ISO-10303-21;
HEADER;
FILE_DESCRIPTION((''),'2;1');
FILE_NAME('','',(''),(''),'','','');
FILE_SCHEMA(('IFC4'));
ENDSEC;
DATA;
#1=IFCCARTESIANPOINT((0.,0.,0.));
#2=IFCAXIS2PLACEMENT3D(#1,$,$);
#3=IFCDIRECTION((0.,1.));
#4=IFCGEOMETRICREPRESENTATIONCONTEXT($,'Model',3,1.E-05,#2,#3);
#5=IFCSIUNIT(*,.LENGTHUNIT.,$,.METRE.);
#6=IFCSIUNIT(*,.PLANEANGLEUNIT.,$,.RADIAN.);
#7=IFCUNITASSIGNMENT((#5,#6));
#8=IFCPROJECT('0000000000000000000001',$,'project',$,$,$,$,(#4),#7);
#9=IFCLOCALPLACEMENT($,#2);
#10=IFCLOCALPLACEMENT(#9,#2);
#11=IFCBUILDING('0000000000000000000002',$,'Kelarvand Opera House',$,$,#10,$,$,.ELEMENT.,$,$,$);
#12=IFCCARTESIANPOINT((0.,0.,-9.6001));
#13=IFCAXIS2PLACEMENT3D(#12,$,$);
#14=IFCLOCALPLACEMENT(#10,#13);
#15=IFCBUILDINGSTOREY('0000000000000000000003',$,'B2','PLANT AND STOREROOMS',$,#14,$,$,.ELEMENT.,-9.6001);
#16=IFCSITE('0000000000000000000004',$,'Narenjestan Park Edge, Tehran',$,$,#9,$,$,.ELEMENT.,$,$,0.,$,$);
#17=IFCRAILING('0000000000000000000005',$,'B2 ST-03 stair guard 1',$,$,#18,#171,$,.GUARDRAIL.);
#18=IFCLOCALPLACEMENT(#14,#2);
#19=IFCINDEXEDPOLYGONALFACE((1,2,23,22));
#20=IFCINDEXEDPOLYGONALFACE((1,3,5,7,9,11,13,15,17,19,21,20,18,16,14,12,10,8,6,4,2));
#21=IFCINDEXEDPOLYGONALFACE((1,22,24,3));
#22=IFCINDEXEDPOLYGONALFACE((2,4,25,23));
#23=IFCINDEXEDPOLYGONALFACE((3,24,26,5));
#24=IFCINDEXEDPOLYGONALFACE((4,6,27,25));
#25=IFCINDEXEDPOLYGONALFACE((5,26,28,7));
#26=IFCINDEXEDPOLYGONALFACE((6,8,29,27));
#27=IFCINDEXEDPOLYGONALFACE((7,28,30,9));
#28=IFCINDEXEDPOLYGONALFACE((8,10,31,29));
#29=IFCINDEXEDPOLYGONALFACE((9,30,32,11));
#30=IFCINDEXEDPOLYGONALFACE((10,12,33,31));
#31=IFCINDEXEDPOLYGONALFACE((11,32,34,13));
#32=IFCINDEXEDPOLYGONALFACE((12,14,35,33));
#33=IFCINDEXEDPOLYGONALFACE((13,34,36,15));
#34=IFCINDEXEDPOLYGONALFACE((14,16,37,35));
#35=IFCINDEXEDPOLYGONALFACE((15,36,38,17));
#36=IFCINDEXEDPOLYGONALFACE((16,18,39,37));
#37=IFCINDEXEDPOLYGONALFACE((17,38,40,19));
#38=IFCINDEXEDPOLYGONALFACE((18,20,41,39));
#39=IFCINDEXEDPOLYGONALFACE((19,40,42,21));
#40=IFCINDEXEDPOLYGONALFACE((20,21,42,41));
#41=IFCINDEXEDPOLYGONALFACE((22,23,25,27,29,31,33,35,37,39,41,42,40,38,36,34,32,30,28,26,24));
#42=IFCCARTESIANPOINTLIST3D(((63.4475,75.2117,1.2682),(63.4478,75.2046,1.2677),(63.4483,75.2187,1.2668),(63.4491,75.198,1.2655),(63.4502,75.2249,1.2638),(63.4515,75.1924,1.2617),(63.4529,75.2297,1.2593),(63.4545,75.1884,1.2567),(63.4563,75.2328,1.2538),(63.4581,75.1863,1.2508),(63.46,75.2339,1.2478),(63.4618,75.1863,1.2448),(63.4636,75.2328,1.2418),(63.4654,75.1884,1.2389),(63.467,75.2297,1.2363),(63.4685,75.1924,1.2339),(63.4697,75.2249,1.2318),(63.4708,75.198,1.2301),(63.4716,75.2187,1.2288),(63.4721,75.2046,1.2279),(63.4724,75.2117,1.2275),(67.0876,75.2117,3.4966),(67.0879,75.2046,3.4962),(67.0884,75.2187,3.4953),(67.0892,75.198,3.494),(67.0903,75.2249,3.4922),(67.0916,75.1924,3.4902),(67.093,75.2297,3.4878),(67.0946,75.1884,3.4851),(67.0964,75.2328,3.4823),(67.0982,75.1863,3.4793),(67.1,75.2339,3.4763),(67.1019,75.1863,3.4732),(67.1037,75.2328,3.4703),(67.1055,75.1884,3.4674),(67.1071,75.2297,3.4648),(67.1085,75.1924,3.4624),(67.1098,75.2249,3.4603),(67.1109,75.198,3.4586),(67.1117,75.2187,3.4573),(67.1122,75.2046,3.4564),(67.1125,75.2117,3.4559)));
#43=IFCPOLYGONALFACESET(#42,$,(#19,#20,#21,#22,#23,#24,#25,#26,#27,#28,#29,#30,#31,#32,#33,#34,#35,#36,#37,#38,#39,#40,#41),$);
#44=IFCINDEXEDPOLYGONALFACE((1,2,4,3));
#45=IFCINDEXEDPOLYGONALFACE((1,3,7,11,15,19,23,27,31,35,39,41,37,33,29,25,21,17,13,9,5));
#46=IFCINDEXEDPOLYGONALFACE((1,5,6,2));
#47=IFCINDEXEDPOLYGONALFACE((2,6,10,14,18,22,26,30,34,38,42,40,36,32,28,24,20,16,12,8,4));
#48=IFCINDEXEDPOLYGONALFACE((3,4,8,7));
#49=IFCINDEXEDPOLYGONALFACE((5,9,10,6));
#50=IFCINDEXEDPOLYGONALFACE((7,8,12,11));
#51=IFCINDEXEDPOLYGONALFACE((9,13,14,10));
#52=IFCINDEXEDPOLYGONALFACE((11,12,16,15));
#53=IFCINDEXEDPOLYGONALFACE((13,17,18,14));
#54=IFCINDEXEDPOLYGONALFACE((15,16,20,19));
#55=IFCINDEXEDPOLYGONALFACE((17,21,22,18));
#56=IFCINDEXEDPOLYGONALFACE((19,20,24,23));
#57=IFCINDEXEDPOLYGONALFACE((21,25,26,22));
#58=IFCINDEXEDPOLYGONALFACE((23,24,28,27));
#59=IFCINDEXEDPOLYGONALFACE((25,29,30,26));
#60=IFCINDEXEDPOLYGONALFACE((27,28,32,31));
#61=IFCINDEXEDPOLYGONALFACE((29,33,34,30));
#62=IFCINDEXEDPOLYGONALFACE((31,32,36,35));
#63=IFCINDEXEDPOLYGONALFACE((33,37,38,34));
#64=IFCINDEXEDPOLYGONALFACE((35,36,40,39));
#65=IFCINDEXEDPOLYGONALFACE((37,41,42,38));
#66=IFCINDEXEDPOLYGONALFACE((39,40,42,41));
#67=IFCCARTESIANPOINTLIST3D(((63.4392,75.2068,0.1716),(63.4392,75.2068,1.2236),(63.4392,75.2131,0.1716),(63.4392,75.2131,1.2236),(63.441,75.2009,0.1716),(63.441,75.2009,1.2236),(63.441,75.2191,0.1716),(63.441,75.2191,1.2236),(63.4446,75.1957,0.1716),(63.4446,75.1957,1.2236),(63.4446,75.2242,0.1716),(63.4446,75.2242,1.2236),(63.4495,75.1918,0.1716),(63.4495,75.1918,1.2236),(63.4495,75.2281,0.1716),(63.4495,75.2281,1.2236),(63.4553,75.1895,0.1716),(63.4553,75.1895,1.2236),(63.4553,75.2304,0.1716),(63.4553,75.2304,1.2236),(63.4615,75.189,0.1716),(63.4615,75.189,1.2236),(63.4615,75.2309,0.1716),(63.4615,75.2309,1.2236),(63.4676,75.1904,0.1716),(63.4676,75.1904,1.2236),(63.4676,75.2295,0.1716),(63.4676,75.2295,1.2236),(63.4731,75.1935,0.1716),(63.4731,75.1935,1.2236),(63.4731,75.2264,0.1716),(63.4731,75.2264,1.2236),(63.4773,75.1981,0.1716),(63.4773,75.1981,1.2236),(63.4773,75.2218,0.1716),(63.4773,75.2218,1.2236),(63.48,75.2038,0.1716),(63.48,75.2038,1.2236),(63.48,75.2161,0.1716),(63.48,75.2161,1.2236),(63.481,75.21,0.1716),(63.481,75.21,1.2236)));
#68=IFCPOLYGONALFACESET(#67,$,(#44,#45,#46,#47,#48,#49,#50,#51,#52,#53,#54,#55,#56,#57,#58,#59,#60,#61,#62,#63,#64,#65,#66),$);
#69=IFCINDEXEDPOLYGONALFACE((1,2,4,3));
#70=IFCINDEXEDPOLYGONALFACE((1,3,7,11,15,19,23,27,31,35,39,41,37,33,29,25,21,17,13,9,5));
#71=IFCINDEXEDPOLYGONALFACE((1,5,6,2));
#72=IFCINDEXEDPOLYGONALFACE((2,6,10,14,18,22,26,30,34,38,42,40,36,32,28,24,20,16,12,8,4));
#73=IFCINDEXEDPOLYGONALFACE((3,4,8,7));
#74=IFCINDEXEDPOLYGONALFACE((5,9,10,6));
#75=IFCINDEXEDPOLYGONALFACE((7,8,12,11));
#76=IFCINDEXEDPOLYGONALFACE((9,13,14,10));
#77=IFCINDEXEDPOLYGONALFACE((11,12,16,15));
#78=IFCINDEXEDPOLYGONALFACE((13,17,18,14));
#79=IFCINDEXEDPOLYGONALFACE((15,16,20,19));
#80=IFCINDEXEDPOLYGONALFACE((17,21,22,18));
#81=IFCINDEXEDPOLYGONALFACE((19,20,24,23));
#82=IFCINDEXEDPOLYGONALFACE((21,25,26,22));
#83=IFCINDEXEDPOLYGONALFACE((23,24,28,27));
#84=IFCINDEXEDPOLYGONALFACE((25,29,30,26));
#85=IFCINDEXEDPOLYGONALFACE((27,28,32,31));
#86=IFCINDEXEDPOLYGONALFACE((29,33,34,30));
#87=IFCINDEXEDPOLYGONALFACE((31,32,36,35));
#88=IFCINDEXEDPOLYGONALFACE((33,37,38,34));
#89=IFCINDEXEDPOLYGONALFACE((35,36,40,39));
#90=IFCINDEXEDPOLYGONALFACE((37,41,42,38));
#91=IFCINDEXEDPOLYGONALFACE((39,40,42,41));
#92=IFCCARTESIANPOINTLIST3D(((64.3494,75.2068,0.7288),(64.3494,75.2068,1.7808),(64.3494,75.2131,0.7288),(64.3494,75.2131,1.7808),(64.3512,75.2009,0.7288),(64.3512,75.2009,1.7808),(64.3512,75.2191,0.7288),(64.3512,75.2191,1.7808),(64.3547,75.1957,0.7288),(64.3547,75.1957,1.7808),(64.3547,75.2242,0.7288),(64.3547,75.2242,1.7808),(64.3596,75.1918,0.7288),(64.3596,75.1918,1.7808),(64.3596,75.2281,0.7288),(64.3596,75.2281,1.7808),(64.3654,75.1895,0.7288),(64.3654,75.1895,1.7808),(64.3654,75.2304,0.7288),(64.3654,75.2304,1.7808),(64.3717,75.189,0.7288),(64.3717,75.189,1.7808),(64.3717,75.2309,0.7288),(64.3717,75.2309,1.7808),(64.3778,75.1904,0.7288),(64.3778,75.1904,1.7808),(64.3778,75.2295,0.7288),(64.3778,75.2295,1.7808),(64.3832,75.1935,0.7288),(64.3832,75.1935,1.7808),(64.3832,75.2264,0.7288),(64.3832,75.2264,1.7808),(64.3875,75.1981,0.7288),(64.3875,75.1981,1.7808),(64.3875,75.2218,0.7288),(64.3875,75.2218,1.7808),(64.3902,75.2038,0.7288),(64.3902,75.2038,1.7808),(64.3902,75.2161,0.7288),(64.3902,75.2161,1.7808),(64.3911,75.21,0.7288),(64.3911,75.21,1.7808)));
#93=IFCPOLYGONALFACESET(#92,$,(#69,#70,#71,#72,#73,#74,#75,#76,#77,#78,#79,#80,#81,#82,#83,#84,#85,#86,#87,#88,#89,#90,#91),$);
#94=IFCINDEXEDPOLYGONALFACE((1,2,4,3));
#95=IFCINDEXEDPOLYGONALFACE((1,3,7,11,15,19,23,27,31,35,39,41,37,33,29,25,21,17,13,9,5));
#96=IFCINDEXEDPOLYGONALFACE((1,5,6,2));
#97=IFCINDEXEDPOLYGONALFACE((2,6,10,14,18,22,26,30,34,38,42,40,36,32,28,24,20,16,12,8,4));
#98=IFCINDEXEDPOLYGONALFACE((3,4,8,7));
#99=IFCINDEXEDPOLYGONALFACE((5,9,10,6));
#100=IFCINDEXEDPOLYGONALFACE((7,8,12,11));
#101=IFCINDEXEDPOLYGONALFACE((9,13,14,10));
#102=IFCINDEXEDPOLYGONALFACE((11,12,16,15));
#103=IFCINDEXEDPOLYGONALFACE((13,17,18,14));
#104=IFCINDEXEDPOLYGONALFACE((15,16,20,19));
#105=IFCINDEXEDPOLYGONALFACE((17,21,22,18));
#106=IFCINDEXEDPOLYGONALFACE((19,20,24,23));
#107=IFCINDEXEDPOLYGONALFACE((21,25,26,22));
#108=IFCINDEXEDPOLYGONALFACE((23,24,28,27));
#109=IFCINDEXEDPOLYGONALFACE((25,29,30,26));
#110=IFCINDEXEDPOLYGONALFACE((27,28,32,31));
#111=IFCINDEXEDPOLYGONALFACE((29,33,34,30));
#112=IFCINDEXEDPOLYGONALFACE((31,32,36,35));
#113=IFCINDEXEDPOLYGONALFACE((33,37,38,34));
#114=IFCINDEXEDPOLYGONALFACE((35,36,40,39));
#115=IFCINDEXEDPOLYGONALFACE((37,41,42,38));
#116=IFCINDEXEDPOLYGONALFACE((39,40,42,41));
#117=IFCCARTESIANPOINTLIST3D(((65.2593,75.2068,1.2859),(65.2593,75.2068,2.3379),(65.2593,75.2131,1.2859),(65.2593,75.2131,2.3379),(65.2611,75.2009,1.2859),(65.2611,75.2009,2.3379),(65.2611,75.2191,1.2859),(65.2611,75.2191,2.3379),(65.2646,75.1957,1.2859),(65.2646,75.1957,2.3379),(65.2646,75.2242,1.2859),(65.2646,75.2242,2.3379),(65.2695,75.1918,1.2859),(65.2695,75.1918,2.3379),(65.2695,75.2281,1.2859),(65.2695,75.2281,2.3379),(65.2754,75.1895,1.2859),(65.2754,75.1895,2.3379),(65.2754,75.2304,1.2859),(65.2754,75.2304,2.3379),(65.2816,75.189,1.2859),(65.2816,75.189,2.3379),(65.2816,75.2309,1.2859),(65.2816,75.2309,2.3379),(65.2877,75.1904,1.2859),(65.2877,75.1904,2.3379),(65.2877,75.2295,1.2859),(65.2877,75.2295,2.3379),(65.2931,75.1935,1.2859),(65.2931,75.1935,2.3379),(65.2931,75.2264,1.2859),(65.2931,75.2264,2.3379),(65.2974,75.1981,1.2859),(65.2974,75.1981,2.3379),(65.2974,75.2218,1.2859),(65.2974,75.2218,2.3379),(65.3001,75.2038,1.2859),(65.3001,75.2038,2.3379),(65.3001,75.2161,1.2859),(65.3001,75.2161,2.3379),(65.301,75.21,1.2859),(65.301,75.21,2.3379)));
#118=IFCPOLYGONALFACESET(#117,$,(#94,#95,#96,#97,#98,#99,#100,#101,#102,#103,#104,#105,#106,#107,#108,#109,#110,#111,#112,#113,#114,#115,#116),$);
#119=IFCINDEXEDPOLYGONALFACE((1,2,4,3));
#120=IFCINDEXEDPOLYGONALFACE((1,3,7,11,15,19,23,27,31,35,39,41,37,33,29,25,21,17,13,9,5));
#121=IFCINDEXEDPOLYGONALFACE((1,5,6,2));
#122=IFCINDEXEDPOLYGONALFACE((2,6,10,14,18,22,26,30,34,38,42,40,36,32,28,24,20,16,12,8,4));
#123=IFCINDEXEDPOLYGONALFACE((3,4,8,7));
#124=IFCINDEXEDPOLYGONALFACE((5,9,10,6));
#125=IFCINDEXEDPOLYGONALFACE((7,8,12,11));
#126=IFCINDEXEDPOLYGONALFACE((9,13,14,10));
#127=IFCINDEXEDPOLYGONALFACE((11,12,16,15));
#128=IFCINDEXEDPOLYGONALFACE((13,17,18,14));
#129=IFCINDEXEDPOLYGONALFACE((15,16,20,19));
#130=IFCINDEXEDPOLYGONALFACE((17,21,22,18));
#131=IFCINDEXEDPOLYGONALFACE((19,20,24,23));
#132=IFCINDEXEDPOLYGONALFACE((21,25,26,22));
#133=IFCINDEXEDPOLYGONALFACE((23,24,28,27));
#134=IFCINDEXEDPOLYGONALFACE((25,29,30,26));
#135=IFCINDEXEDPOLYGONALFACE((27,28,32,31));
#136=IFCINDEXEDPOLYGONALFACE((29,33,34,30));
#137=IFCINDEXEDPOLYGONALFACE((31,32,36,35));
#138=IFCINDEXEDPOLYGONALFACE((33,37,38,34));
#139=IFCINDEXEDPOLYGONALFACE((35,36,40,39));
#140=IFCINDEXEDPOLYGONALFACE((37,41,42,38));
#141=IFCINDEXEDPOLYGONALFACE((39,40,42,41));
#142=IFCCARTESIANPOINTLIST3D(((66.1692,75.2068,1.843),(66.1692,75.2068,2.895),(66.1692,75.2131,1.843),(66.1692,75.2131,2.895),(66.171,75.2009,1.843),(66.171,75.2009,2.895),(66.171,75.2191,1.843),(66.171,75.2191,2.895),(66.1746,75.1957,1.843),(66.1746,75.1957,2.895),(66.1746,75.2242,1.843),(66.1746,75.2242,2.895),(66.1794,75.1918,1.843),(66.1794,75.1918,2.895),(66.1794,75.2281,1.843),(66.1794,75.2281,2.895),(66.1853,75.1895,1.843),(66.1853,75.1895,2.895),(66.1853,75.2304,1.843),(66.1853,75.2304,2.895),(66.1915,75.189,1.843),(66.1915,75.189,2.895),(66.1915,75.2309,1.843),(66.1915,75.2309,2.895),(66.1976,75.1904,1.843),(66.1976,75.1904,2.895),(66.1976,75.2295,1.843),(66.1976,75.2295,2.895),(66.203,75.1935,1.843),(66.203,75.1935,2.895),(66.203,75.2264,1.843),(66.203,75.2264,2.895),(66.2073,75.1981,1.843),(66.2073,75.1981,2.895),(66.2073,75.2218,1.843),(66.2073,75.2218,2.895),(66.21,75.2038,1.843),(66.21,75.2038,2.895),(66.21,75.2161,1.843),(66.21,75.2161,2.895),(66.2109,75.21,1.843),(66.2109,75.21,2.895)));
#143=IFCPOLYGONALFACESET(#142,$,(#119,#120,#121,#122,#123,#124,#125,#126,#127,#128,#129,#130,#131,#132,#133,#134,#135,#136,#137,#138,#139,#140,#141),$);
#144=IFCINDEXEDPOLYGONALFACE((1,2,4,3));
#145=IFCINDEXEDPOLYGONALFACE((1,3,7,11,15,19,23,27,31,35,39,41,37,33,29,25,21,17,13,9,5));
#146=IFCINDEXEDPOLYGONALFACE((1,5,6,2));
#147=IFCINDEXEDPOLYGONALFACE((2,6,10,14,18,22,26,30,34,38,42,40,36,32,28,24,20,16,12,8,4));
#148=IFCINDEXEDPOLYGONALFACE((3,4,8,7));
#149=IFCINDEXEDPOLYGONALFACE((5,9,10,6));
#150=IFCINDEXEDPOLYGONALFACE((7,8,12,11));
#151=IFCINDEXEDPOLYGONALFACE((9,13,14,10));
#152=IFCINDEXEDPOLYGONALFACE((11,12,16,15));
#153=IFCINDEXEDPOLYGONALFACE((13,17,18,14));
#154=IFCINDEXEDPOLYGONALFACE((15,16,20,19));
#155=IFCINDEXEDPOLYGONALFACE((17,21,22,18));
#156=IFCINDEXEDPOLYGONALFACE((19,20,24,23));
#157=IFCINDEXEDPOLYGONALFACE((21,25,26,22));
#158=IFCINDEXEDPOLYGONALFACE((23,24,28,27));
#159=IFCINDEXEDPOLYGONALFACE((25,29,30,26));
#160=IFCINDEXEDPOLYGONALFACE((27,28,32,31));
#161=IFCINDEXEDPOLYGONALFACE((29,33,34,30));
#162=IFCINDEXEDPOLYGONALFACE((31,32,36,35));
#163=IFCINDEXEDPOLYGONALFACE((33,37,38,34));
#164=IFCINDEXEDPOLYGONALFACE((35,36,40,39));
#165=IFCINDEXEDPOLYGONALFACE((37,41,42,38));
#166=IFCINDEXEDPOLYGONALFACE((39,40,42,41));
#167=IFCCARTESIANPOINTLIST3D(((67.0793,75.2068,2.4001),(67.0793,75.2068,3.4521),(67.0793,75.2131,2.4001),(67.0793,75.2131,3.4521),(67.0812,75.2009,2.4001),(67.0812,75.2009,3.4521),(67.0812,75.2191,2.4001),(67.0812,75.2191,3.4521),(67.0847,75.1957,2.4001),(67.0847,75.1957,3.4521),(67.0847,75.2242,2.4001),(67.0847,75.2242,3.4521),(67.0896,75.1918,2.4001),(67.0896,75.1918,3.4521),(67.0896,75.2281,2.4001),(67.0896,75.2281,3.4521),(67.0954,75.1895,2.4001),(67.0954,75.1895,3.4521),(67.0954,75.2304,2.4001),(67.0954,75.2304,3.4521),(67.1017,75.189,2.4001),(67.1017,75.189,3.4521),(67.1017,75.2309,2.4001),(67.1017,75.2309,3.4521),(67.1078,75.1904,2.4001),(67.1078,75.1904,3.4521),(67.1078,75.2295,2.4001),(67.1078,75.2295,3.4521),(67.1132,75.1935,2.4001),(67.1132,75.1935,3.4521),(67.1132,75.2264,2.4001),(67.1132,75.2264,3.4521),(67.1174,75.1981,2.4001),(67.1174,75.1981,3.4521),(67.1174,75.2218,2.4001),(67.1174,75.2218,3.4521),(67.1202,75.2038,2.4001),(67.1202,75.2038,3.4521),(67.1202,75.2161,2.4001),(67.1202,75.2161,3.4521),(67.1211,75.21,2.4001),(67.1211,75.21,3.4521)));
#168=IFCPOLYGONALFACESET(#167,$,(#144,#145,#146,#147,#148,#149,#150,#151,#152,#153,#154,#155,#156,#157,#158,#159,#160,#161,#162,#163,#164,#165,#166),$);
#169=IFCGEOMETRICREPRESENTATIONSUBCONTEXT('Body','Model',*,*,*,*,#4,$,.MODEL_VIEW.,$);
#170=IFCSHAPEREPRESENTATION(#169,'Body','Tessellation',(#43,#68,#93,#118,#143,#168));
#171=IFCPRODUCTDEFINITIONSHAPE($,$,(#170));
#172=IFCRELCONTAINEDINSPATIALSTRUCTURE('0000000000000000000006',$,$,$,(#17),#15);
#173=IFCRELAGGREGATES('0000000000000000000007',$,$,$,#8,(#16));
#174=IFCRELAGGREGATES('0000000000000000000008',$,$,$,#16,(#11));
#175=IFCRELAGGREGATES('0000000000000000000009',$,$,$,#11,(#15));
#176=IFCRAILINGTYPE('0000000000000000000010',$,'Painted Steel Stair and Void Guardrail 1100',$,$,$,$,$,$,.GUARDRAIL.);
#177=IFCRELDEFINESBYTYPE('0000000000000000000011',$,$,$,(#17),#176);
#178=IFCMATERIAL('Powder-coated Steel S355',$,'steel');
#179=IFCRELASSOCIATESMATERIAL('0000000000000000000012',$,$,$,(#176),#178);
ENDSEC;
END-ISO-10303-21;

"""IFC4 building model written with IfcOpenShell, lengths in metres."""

from ifc_helpers import new_model, si_unit, direction, frame, origin, origin_2d, place, context, subcontext, project, spatial, circle, extrude, material, type_object, element, save


model = new_model("IFC4")

# Units and contexts
model_context = context("Model", 3, precision=1e-05, world=origin(), true_north=direction((0.0, 1.0)))
body_context = subcontext(model_context, "Body", "Model", "MODEL_VIEW")
ifc_project = project(units=[si_unit("LENGTHUNIT", "METRE"), si_unit("PLANEANGLEUNIT", "RADIAN")], contexts=[model_context])

# Site, building, storey
site_placement = place(None, origin())
site = spatial("IfcSite", under=ifc_project, at=site_placement, Name="Narenjestan Park Edge, Tehran", CompositionType="ELEMENT", RefElevation=0.0)
building_placement = place(site_placement, origin())
building = spatial("IfcBuilding", under=site, at=building_placement, Name="Kelarvand Opera House", CompositionType="ELEMENT")
storey_placement = place(building_placement, frame((0.0, 0.0, -9.6001)))
storey = spatial("IfcBuildingStorey", under=building, at=storey_placement, Name="B2", Description="PLANT AND STOREROOMS", CompositionType="ELEMENT", Elevation=-9.6001)

# Railing
ifc_material_1 = material(Name="Powder-coated Steel S355", Category="steel")
railing_type_1 = type_object("IfcRailingType", Name="Painted Steel Stair and Void Guardrail 1100", PredefinedType="GUARDRAIL", material=ifc_material_1)
railing_1_placement = place(storey_placement, frame((63.46, 75.21, 0.1716)))
element("IfcRailing", 1, at=railing_1_placement, inside=storey, type_object=railing_type_1, Name="B2 ST-03 stair guard 1", PredefinedType="GUARDRAIL", context=body_context, shape_type="SweptSolid", body=[
    extrude(circle(Radius=0.0239, at=origin_2d()), frame((0.0, 0.0, 1.0762), z_axis=(0.852866, 0.0, 0.52213), x_axis=(0.0, 1.0, 0.0)), (0.0, 0.0, 1.0), 4.2681),
    extrude(circle(Radius=0.021, at=origin_2d()), origin(), (0.0, 0.0, 1.0), 1.052),
    extrude(circle(Radius=0.021, at=origin_2d()), frame((0.9102, 0.0, 0.5571)), (0.0, 0.0, 1.0), 1.052),
    extrude(circle(Radius=0.021, at=origin_2d()), frame((1.8201, 0.0, 1.1143)), (0.0, 0.0, 1.0), 1.052),
    extrude(circle(Radius=0.021, at=origin_2d()), frame((2.73, 0.0, 1.6714)), (0.0, 0.0, 1.0), 1.052),
    extrude(circle(Radius=0.021, at=origin_2d()), frame((3.6401, 0.0, 2.2285)), (0.0, 0.0, 1.0), 1.052),
])

save(model, "model.ifc")
